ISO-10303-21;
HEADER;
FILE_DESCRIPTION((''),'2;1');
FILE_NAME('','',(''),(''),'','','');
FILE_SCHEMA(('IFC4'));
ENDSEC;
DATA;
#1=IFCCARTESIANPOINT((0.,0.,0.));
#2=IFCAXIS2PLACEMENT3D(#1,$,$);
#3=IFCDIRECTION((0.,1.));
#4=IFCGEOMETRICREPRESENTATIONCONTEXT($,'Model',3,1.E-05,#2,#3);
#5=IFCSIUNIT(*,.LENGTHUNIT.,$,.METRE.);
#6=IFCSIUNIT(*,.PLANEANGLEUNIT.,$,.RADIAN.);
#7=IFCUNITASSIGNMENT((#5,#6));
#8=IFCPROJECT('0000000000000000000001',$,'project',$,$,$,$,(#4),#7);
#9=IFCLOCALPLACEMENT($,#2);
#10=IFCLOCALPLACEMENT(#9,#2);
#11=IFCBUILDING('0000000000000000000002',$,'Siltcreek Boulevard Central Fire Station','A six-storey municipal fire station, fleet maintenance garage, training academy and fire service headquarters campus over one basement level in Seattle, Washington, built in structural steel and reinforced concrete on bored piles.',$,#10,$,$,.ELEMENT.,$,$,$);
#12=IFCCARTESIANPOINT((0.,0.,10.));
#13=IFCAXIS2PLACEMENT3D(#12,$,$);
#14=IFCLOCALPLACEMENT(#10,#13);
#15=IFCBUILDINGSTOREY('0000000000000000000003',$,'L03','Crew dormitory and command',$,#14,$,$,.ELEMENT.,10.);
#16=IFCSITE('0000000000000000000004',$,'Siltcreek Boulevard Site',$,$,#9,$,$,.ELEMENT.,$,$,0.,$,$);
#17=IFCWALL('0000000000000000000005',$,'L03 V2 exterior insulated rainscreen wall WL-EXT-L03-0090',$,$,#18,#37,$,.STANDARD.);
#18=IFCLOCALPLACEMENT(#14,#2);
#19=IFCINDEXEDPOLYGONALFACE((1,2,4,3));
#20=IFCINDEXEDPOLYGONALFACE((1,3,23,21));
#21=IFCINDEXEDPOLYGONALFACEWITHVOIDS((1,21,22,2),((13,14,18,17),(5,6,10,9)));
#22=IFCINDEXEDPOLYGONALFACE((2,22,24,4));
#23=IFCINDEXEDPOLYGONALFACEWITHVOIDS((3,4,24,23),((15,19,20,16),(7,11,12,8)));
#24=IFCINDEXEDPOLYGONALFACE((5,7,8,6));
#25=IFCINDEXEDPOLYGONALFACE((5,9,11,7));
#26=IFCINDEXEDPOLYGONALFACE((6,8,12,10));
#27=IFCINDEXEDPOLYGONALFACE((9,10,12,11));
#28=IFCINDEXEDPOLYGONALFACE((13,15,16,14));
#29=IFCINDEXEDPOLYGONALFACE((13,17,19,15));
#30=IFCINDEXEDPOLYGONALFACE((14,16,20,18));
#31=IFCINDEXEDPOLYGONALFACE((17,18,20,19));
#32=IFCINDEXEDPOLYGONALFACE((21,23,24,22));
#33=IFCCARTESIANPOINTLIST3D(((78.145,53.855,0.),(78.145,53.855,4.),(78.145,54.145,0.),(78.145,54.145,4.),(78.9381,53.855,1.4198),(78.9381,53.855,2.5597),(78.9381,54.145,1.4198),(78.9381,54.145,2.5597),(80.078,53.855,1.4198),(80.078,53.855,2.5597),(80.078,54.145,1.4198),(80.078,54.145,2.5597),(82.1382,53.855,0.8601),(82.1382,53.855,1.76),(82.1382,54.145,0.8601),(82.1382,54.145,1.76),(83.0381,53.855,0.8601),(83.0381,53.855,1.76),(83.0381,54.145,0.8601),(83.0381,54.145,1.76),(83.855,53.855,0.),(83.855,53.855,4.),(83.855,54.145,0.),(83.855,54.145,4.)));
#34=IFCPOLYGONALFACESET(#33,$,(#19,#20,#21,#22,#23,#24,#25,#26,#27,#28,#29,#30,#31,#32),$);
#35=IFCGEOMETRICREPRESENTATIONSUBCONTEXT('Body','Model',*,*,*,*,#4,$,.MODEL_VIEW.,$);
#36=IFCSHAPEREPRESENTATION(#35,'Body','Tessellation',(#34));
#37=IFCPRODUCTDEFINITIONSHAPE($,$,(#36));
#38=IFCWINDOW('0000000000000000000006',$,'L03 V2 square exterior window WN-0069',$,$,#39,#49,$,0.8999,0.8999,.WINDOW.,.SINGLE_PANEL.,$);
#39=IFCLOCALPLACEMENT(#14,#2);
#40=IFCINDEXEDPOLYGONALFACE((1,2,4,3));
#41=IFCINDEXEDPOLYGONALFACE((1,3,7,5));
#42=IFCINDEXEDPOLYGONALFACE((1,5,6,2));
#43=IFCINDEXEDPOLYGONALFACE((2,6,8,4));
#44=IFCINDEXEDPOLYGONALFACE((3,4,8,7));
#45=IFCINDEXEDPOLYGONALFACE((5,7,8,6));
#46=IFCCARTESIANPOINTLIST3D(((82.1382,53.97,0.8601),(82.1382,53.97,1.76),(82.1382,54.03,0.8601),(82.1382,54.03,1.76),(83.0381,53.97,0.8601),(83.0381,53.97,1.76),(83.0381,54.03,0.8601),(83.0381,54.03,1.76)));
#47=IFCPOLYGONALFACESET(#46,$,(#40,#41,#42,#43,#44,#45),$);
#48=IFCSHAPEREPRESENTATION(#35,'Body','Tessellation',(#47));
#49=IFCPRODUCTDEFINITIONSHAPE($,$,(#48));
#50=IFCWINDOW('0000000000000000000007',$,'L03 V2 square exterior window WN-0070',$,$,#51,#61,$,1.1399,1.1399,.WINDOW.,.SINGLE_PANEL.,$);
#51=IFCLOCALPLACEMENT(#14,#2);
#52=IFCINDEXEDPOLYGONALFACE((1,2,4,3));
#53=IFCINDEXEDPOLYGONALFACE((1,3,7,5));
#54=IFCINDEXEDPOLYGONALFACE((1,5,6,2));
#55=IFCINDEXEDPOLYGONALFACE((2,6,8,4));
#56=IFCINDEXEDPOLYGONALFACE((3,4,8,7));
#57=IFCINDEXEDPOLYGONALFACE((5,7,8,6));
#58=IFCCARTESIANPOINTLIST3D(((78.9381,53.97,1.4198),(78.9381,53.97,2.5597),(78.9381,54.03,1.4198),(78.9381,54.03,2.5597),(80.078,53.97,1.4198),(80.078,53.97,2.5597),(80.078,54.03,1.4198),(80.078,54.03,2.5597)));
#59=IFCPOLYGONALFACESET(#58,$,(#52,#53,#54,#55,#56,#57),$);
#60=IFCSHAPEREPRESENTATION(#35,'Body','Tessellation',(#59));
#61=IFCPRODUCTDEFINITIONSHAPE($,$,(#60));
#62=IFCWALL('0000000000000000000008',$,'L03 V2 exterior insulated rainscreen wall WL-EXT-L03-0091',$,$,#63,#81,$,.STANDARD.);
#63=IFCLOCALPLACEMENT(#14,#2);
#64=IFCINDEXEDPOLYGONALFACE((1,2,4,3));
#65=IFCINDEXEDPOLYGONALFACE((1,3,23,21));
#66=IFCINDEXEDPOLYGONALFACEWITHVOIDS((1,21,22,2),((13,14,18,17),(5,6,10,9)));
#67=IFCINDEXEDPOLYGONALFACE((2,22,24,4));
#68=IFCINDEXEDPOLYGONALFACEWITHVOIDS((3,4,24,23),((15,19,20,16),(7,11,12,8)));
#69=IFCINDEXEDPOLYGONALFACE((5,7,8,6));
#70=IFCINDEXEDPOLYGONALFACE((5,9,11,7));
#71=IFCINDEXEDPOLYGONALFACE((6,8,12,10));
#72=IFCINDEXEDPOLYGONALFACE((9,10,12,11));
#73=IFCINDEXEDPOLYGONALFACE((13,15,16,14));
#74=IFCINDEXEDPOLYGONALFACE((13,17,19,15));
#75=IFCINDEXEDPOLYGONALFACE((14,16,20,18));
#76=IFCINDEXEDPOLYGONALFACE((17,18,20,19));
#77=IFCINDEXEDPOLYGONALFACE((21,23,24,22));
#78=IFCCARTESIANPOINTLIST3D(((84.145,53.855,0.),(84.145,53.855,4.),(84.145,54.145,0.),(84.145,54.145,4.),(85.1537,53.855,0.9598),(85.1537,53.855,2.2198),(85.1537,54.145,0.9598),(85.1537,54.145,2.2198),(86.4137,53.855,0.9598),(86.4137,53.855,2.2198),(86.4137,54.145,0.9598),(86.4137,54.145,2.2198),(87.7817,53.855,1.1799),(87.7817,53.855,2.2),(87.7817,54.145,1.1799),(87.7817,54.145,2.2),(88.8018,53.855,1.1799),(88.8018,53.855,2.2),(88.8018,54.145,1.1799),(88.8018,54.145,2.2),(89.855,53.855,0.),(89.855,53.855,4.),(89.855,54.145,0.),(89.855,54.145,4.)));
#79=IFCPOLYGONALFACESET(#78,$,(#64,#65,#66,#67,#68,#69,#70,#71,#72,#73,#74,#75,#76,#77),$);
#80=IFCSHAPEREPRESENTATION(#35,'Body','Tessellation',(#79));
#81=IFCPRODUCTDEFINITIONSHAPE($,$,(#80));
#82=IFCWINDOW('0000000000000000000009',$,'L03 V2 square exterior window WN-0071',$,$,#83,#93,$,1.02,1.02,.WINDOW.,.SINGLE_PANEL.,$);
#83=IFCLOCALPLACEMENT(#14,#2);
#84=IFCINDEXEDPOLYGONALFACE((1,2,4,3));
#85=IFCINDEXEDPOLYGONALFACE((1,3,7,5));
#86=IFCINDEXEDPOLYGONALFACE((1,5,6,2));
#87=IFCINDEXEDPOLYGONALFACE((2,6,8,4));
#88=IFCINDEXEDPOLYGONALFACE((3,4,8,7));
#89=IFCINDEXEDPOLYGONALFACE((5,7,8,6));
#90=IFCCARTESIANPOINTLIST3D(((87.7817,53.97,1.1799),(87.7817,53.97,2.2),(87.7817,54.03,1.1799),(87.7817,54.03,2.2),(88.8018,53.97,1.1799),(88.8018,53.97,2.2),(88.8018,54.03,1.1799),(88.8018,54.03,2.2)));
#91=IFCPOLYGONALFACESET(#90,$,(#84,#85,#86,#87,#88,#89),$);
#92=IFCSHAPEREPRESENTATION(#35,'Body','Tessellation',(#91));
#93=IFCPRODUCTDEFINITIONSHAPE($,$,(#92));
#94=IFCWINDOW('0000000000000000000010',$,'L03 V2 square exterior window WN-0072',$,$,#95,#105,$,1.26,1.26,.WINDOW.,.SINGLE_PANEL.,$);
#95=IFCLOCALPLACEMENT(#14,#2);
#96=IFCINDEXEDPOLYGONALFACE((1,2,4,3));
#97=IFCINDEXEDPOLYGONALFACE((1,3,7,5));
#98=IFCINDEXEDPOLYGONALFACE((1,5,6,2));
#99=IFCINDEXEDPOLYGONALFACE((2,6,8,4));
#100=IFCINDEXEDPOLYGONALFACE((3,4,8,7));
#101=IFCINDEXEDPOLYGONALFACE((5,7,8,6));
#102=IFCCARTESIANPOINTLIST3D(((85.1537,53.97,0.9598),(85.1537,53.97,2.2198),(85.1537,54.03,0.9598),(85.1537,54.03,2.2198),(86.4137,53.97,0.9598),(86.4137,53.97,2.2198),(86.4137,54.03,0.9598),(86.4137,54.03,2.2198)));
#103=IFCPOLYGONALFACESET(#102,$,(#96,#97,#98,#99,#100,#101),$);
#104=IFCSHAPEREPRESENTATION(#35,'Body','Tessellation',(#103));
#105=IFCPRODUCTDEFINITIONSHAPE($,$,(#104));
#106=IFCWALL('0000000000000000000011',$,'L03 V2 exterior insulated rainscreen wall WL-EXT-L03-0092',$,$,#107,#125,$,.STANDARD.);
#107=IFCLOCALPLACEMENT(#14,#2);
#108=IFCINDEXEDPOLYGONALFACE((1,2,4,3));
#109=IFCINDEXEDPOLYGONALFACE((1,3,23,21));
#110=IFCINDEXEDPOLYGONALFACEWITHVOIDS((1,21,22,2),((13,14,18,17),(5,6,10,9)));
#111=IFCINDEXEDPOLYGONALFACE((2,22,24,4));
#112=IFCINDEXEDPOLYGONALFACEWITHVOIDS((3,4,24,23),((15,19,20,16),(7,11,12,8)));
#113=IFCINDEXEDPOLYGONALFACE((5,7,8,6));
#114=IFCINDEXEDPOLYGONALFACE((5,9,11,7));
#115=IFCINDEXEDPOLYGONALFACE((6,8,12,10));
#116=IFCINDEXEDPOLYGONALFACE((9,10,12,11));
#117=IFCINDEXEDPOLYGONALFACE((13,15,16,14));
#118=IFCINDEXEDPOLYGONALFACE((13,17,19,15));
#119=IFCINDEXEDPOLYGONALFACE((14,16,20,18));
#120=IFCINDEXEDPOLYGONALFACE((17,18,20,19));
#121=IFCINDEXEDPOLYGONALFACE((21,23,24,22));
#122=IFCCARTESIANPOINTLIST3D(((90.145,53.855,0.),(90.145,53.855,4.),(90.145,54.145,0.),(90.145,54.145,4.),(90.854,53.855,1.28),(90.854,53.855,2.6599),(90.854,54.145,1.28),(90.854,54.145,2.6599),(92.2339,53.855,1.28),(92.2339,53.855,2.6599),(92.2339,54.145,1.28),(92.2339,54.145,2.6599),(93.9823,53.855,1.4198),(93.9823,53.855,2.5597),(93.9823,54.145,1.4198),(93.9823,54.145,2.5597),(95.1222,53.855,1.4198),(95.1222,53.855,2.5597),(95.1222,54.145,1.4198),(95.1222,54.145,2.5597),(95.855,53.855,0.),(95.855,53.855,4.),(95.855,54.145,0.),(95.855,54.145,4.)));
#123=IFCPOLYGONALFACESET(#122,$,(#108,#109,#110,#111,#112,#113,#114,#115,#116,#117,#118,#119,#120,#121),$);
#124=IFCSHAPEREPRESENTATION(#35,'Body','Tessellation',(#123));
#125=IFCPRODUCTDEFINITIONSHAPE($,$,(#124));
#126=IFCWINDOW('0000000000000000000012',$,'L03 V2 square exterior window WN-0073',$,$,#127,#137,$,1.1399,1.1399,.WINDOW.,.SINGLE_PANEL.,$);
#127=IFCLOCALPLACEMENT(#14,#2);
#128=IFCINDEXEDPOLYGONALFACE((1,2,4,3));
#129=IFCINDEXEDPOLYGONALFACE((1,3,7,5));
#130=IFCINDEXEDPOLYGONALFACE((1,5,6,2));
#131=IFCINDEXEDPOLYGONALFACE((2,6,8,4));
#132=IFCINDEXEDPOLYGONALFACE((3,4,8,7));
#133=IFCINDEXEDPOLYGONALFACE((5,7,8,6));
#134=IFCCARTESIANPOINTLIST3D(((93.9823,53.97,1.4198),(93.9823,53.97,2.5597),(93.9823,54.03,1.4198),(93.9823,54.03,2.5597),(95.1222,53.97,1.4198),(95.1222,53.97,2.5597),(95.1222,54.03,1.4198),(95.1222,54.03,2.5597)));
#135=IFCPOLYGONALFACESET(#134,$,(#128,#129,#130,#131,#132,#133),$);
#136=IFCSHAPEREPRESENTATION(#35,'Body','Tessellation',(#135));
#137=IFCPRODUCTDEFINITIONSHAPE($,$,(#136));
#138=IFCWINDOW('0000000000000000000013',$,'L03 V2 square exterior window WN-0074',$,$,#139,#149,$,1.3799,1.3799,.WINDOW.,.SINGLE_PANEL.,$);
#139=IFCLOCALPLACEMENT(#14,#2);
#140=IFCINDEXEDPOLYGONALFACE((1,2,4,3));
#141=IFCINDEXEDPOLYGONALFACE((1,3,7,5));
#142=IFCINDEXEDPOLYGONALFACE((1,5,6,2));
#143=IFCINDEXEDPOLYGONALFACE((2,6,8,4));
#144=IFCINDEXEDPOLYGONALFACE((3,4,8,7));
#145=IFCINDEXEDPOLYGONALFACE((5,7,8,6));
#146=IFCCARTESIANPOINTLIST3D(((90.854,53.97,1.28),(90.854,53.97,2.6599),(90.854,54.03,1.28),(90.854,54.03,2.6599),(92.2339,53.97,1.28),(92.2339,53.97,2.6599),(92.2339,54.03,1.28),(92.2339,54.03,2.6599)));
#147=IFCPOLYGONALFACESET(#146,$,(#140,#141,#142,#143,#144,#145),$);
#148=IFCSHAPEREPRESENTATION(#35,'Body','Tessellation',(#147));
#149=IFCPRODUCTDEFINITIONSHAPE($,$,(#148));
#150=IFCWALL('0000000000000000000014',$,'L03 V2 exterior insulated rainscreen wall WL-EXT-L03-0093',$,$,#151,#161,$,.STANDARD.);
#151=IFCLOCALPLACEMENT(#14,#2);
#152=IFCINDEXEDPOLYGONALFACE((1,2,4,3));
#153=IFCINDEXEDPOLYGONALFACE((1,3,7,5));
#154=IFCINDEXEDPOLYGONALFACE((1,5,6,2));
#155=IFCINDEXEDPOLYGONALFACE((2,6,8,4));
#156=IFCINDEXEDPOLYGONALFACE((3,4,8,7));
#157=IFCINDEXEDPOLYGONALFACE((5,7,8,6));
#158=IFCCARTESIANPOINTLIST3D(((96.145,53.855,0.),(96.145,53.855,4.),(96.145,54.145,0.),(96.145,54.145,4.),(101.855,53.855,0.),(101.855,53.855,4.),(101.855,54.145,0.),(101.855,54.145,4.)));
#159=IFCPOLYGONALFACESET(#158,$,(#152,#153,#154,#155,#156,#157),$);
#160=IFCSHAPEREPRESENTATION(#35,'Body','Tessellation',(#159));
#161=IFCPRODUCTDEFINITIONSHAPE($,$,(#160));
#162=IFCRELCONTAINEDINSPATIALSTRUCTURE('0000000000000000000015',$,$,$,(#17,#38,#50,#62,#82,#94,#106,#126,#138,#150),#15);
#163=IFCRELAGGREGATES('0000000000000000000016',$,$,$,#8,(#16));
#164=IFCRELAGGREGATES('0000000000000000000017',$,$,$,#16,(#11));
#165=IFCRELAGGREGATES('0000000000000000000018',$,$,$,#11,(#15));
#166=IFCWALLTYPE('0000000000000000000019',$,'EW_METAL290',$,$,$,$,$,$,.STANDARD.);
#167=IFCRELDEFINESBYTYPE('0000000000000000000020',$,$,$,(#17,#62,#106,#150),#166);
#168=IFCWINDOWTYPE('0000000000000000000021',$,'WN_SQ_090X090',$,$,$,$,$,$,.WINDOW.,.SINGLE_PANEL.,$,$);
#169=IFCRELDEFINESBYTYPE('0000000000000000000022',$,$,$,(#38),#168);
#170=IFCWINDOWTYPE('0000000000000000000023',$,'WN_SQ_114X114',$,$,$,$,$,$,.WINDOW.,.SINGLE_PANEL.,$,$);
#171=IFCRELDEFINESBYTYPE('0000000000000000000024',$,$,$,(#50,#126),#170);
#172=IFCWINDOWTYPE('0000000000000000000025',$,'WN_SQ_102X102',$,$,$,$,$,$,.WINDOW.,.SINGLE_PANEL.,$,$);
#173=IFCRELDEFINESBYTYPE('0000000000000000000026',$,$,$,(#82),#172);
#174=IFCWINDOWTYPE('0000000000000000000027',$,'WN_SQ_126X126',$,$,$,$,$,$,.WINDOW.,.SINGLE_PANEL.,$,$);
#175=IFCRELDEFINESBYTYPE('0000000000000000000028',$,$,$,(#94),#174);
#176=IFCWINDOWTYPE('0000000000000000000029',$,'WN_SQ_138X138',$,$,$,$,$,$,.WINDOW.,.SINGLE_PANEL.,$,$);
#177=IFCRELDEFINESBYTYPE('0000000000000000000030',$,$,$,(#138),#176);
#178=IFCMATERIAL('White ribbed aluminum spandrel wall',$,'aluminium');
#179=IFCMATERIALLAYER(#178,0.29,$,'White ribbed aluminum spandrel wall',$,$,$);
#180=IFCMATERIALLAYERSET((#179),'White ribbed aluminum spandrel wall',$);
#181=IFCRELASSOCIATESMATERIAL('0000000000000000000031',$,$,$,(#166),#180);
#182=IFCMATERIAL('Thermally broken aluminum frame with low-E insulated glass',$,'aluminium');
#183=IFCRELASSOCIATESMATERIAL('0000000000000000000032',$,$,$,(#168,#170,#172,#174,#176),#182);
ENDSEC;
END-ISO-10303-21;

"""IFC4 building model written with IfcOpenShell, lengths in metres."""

from ifc_helpers import new_model, si_unit, direction, frame, frame_2d, origin, place, context, subcontext, project, spatial, rectangle, extrude, material, layer, layer_set, type_object, element, fill, save


model = new_model("IFC4")

# Units and contexts
model_context = context("Model", 3, precision=1e-05, world=origin(), true_north=direction((0.0, 1.0)))
body_context = subcontext(model_context, "Body", "Model", "MODEL_VIEW")
ifc_project = project(units=[si_unit("LENGTHUNIT", "METRE"), si_unit("PLANEANGLEUNIT", "RADIAN")], contexts=[model_context])

# Site, building, storey
site_placement = place(None, origin())
site = spatial("IfcSite", under=ifc_project, at=site_placement, Name="Siltcreek Boulevard Site", CompositionType="ELEMENT", RefElevation=0.0)
building_placement = place(site_placement, origin())
building = spatial("IfcBuilding", under=site, at=building_placement, Name="Siltcreek Boulevard Central Fire Station", Description="A six-storey municipal fire station, fleet maintenance garage, training academy and fire service headquarters campus over one basement level in Seattle, Washington, built in structural steel and reinforced concrete on bored piles.", CompositionType="ELEMENT")
storey_placement = place(building_placement, frame((0.0, 0.0, 10.0)))
storey = spatial("IfcBuildingStorey", under=building, at=storey_placement, Name="L03", Description="Crew dormitory and command", CompositionType="ELEMENT", Elevation=10.0)

# Walls, openings, windows
ifc_material_1 = material(Name="White ribbed aluminum spandrel wall", Category="aluminium")
ifc_layer_1 = layer(ifc_material_1, 0.29, Name="White ribbed aluminum spandrel wall")
ifc_layer_set_1 = layer_set([ifc_layer_1], Name="White ribbed aluminum spandrel wall")
wall_type = type_object("IfcWallType", Name="EW_METAL290", PredefinedType="STANDARD", material=ifc_layer_set_1)
wall_1_placement = place(storey_placement, frame((83.855, 54.0, 0.0), z_axis=(0.0, 0.0, 1.0), x_axis=(-1.0, 0.0, 0.0)))
wall_1 = element("IfcWall", 1, at=wall_1_placement, inside=storey, type_object=wall_type, Name="L03 V2 exterior insulated rainscreen wall WL-EXT-L03-0090", PredefinedType="STANDARD", context=body_context, shape_type="SweptSolid", body=[
    extrude(rectangle(XDim=5.71, YDim=0.29, at=frame_2d((2.855, 0.0))), origin(), (0.0, 0.0, 1.0), 4.0),
])
opening_1_placement = place(wall_1_placement, frame((0.8169, 0.0, 0.8601)))
opening_1 = element("IfcOpeningElement", 2, at=opening_1_placement, cuts=wall_1, PredefinedType="OPENING", context=body_context, shape_type="SweptSolid", body=[
    extrude(rectangle(XDim=0.8999, YDim=0.8999, at=frame_2d((0.45, 0.45))), frame((0.0, 0.155, 0.0), z_axis=(0.0, -1.0, 0.0), x_axis=(1.0, 0.0, 0.0)), (0.0, 0.0, 1.0), 0.3101),
])
opening_2_placement = place(wall_1_placement, frame((3.7771, 0.0, 1.4199)))
opening_2 = element("IfcOpeningElement", 3, at=opening_2_placement, cuts=wall_1, PredefinedType="OPENING", context=body_context, shape_type="SweptSolid", body=[
    extrude(rectangle(XDim=1.1399, YDim=1.1399, at=frame_2d((0.5698, 0.5698))), frame((0.0, 0.155, 0.0), z_axis=(0.0, -1.0, 0.0), x_axis=(1.0, 0.0, 0.0)), (0.0, 0.0, 1.0), 0.3101),
])
ifc_material_2 = material(Name="Thermally broken aluminum frame with low-E insulated glass", Category="aluminium")
window_type_1 = type_object("IfcWindowType", Name="WN_SQ_090X090", PartitioningType="SINGLE_PANEL", PredefinedType="WINDOW", material=ifc_material_2)
window_1_placement = place(opening_1_placement, origin())
window_1 = element("IfcWindow", 4, at=window_1_placement, inside=storey, type_object=window_type_1, Name="L03 V2 square exterior window WN-0069", OverallHeight=0.8999, OverallWidth=0.8999, PartitioningType="SINGLE_PANEL", PredefinedType="WINDOW", context=body_context, shape_type="SweptSolid", body=[
    extrude(rectangle(XDim=0.8999, YDim=0.8999, at=frame_2d((0.45, 0.45))), frame((0.0, 0.03, 0.0), z_axis=(0.0, -1.0, 0.0), x_axis=(1.0, 0.0, 0.0)), (0.0, 0.0, 1.0), 0.0601),
])
fill(opening_1, window_1)
window_type_2 = type_object("IfcWindowType", Name="WN_SQ_114X114", PartitioningType="SINGLE_PANEL", PredefinedType="WINDOW", material=ifc_material_2)
window_2_placement = place(opening_2_placement, origin())
window_2 = element("IfcWindow", 5, at=window_2_placement, inside=storey, type_object=window_type_2, Name="L03 V2 square exterior window WN-0070", OverallHeight=1.1399, OverallWidth=1.1399, PartitioningType="SINGLE_PANEL", PredefinedType="WINDOW", context=body_context, shape_type="SweptSolid", body=[
    extrude(rectangle(XDim=1.1399, YDim=1.1399, at=frame_2d((0.5698, 0.5698))), frame((0.0, 0.03, 0.0), z_axis=(0.0, -1.0, 0.0), x_axis=(1.0, 0.0, 0.0)), (0.0, 0.0, 1.0), 0.0601),
])
fill(opening_2, window_2)
wall_2_placement = place(storey_placement, frame((89.855, 54.0, 0.0), z_axis=(0.0, 0.0, 1.0), x_axis=(-1.0, 0.0, 0.0)))
wall_2 = element("IfcWall", 6, at=wall_2_placement, inside=storey, type_object=wall_type, Name="L03 V2 exterior insulated rainscreen wall WL-EXT-L03-0091", PredefinedType="STANDARD", context=body_context, shape_type="SweptSolid", body=[
    extrude(rectangle(XDim=5.71, YDim=0.29, at=frame_2d((2.855, 0.0))), origin(), (0.0, 0.0, 1.0), 4.0),
])
opening_3_placement = place(wall_2_placement, frame((1.0532, 0.0, 1.1799)))
opening_3 = element("IfcOpeningElement", 7, at=opening_3_placement, cuts=wall_2, PredefinedType="OPENING", context=body_context, shape_type="SweptSolid", body=[
    extrude(rectangle(XDim=1.02, YDim=1.02, at=frame_2d((0.51, 0.51))), frame((0.0, 0.155, 0.0), z_axis=(0.0, -1.0, 0.0), x_axis=(1.0, 0.0, 0.0)), (0.0, 0.0, 1.0), 0.3101),
])
opening_4_placement = place(wall_2_placement, frame((3.4414, 0.0, 0.96)))
opening_4 = element("IfcOpeningElement", 8, at=opening_4_placement, cuts=wall_2, PredefinedType="OPENING", context=body_context, shape_type="SweptSolid", body=[
    extrude(rectangle(XDim=1.26, YDim=1.26, at=frame_2d((0.6299, 0.6299))), frame((0.0, 0.155, 0.0), z_axis=(0.0, -1.0, 0.0), x_axis=(1.0, 0.0, 0.0)), (0.0, 0.0, 1.0), 0.3101),
])
window_type_3 = type_object("IfcWindowType", Name="WN_SQ_102X102", PartitioningType="SINGLE_PANEL", PredefinedType="WINDOW", material=ifc_material_2)
window_3_placement = place(opening_3_placement, origin())
window_3 = element("IfcWindow", 9, at=window_3_placement, inside=storey, type_object=window_type_3, Name="L03 V2 square exterior window WN-0071", OverallHeight=1.02, OverallWidth=1.02, PartitioningType="SINGLE_PANEL", PredefinedType="WINDOW", context=body_context, shape_type="SweptSolid", body=[
    extrude(rectangle(XDim=1.02, YDim=1.02, at=frame_2d((0.51, 0.51))), frame((0.0, 0.03, 0.0), z_axis=(0.0, -1.0, 0.0), x_axis=(1.0, 0.0, 0.0)), (0.0, 0.0, 1.0), 0.0601),
])
fill(opening_3, window_3)
window_type_4 = type_object("IfcWindowType", Name="WN_SQ_126X126", PartitioningType="SINGLE_PANEL", PredefinedType="WINDOW", material=ifc_material_2)
window_4_placement = place(opening_4_placement, origin())
window_4 = element("IfcWindow", 10, at=window_4_placement, inside=storey, type_object=window_type_4, Name="L03 V2 square exterior window WN-0072", OverallHeight=1.26, OverallWidth=1.26, PartitioningType="SINGLE_PANEL", PredefinedType="WINDOW", context=body_context, shape_type="SweptSolid", body=[
    extrude(rectangle(XDim=1.26, YDim=1.26, at=frame_2d((0.6299, 0.6299))), frame((0.0, 0.03, 0.0), z_axis=(0.0, -1.0, 0.0), x_axis=(1.0, 0.0, 0.0)), (0.0, 0.0, 1.0), 0.0601),
])
fill(opening_4, window_4)
wall_3_placement = place(storey_placement, frame((95.855, 54.0, 0.0), z_axis=(0.0, 0.0, 1.0), x_axis=(-1.0, 0.0, 0.0)))
wall_3 = element("IfcWall", 11, at=wall_3_placement, inside=storey, type_object=wall_type, Name="L03 V2 exterior insulated rainscreen wall WL-EXT-L03-0092", PredefinedType="STANDARD", context=body_context, shape_type="SweptSolid", body=[
    extrude(rectangle(XDim=5.71, YDim=0.29, at=frame_2d((2.855, 0.0))), origin(), (0.0, 0.0, 1.0), 4.0),
])
opening_5_placement = place(wall_3_placement, frame((0.7329, 0.0, 1.4199)))
opening_5 = element("IfcOpeningElement", 12, at=opening_5_placement, cuts=wall_3, PredefinedType="OPENING", context=body_context, shape_type="SweptSolid", body=[
    extrude(rectangle(XDim=1.1399, YDim=1.1399, at=frame_2d((0.5698, 0.5698))), frame((0.0, 0.155, 0.0), z_axis=(0.0, -1.0, 0.0), x_axis=(1.0, 0.0, 0.0)), (0.0, 0.0, 1.0), 0.3101),
])
opening_6_placement = place(wall_3_placement, frame((3.6211, 0.0, 1.28)))
opening_6 = element("IfcOpeningElement", 13, at=opening_6_placement, cuts=wall_3, PredefinedType="OPENING", context=body_context, shape_type="SweptSolid", body=[
    extrude(rectangle(XDim=1.3799, YDim=1.3799, at=frame_2d((0.6899, 0.6899))), frame((0.0, 0.155, 0.0), z_axis=(0.0, -1.0, 0.0), x_axis=(1.0, 0.0, 0.0)), (0.0, 0.0, 1.0), 0.3101),
])
window_5_placement = place(opening_5_placement, origin())
window_5 = element("IfcWindow", 14, at=window_5_placement, inside=storey, type_object=window_type_2, Name="L03 V2 square exterior window WN-0073", OverallHeight=1.1399, OverallWidth=1.1399, PartitioningType="SINGLE_PANEL", PredefinedType="WINDOW", context=body_context, shape_type="SweptSolid", body=[
    extrude(rectangle(XDim=1.1399, YDim=1.1399, at=frame_2d((0.5698, 0.5698))), frame((0.0, 0.03, 0.0), z_axis=(0.0, -1.0, 0.0), x_axis=(1.0, 0.0, 0.0)), (0.0, 0.0, 1.0), 0.0601),
])
fill(opening_5, window_5)
window_type_5 = type_object("IfcWindowType", Name="WN_SQ_138X138", PartitioningType="SINGLE_PANEL", PredefinedType="WINDOW", material=ifc_material_2)
window_6_placement = place(opening_6_placement, origin())
window_6 = element("IfcWindow", 15, at=window_6_placement, inside=storey, type_object=window_type_5, Name="L03 V2 square exterior window WN-0074", OverallHeight=1.3799, OverallWidth=1.3799, PartitioningType="SINGLE_PANEL", PredefinedType="WINDOW", context=body_context, shape_type="SweptSolid", body=[
    extrude(rectangle(XDim=1.3799, YDim=1.3799, at=frame_2d((0.6899, 0.6899))), frame((0.0, 0.03, 0.0), z_axis=(0.0, -1.0, 0.0), x_axis=(1.0, 0.0, 0.0)), (0.0, 0.0, 1.0), 0.0601),
])
fill(opening_6, window_6)

# Wall
wall_4_placement = place(storey_placement, frame((101.855, 54.0, 0.0), z_axis=(0.0, 0.0, 1.0), x_axis=(-1.0, 0.0, 0.0)))
element("IfcWall", 16, at=wall_4_placement, inside=storey, type_object=wall_type, Name="L03 V2 exterior insulated rainscreen wall WL-EXT-L03-0093", PredefinedType="STANDARD", context=body_context, shape_type="SweptSolid", body=[
    extrude(rectangle(XDim=5.71, YDim=0.29, at=frame_2d((2.855, 0.0))), origin(), (0.0, 0.0, 1.0), 4.0),
])

save(model, "model.ifc")
